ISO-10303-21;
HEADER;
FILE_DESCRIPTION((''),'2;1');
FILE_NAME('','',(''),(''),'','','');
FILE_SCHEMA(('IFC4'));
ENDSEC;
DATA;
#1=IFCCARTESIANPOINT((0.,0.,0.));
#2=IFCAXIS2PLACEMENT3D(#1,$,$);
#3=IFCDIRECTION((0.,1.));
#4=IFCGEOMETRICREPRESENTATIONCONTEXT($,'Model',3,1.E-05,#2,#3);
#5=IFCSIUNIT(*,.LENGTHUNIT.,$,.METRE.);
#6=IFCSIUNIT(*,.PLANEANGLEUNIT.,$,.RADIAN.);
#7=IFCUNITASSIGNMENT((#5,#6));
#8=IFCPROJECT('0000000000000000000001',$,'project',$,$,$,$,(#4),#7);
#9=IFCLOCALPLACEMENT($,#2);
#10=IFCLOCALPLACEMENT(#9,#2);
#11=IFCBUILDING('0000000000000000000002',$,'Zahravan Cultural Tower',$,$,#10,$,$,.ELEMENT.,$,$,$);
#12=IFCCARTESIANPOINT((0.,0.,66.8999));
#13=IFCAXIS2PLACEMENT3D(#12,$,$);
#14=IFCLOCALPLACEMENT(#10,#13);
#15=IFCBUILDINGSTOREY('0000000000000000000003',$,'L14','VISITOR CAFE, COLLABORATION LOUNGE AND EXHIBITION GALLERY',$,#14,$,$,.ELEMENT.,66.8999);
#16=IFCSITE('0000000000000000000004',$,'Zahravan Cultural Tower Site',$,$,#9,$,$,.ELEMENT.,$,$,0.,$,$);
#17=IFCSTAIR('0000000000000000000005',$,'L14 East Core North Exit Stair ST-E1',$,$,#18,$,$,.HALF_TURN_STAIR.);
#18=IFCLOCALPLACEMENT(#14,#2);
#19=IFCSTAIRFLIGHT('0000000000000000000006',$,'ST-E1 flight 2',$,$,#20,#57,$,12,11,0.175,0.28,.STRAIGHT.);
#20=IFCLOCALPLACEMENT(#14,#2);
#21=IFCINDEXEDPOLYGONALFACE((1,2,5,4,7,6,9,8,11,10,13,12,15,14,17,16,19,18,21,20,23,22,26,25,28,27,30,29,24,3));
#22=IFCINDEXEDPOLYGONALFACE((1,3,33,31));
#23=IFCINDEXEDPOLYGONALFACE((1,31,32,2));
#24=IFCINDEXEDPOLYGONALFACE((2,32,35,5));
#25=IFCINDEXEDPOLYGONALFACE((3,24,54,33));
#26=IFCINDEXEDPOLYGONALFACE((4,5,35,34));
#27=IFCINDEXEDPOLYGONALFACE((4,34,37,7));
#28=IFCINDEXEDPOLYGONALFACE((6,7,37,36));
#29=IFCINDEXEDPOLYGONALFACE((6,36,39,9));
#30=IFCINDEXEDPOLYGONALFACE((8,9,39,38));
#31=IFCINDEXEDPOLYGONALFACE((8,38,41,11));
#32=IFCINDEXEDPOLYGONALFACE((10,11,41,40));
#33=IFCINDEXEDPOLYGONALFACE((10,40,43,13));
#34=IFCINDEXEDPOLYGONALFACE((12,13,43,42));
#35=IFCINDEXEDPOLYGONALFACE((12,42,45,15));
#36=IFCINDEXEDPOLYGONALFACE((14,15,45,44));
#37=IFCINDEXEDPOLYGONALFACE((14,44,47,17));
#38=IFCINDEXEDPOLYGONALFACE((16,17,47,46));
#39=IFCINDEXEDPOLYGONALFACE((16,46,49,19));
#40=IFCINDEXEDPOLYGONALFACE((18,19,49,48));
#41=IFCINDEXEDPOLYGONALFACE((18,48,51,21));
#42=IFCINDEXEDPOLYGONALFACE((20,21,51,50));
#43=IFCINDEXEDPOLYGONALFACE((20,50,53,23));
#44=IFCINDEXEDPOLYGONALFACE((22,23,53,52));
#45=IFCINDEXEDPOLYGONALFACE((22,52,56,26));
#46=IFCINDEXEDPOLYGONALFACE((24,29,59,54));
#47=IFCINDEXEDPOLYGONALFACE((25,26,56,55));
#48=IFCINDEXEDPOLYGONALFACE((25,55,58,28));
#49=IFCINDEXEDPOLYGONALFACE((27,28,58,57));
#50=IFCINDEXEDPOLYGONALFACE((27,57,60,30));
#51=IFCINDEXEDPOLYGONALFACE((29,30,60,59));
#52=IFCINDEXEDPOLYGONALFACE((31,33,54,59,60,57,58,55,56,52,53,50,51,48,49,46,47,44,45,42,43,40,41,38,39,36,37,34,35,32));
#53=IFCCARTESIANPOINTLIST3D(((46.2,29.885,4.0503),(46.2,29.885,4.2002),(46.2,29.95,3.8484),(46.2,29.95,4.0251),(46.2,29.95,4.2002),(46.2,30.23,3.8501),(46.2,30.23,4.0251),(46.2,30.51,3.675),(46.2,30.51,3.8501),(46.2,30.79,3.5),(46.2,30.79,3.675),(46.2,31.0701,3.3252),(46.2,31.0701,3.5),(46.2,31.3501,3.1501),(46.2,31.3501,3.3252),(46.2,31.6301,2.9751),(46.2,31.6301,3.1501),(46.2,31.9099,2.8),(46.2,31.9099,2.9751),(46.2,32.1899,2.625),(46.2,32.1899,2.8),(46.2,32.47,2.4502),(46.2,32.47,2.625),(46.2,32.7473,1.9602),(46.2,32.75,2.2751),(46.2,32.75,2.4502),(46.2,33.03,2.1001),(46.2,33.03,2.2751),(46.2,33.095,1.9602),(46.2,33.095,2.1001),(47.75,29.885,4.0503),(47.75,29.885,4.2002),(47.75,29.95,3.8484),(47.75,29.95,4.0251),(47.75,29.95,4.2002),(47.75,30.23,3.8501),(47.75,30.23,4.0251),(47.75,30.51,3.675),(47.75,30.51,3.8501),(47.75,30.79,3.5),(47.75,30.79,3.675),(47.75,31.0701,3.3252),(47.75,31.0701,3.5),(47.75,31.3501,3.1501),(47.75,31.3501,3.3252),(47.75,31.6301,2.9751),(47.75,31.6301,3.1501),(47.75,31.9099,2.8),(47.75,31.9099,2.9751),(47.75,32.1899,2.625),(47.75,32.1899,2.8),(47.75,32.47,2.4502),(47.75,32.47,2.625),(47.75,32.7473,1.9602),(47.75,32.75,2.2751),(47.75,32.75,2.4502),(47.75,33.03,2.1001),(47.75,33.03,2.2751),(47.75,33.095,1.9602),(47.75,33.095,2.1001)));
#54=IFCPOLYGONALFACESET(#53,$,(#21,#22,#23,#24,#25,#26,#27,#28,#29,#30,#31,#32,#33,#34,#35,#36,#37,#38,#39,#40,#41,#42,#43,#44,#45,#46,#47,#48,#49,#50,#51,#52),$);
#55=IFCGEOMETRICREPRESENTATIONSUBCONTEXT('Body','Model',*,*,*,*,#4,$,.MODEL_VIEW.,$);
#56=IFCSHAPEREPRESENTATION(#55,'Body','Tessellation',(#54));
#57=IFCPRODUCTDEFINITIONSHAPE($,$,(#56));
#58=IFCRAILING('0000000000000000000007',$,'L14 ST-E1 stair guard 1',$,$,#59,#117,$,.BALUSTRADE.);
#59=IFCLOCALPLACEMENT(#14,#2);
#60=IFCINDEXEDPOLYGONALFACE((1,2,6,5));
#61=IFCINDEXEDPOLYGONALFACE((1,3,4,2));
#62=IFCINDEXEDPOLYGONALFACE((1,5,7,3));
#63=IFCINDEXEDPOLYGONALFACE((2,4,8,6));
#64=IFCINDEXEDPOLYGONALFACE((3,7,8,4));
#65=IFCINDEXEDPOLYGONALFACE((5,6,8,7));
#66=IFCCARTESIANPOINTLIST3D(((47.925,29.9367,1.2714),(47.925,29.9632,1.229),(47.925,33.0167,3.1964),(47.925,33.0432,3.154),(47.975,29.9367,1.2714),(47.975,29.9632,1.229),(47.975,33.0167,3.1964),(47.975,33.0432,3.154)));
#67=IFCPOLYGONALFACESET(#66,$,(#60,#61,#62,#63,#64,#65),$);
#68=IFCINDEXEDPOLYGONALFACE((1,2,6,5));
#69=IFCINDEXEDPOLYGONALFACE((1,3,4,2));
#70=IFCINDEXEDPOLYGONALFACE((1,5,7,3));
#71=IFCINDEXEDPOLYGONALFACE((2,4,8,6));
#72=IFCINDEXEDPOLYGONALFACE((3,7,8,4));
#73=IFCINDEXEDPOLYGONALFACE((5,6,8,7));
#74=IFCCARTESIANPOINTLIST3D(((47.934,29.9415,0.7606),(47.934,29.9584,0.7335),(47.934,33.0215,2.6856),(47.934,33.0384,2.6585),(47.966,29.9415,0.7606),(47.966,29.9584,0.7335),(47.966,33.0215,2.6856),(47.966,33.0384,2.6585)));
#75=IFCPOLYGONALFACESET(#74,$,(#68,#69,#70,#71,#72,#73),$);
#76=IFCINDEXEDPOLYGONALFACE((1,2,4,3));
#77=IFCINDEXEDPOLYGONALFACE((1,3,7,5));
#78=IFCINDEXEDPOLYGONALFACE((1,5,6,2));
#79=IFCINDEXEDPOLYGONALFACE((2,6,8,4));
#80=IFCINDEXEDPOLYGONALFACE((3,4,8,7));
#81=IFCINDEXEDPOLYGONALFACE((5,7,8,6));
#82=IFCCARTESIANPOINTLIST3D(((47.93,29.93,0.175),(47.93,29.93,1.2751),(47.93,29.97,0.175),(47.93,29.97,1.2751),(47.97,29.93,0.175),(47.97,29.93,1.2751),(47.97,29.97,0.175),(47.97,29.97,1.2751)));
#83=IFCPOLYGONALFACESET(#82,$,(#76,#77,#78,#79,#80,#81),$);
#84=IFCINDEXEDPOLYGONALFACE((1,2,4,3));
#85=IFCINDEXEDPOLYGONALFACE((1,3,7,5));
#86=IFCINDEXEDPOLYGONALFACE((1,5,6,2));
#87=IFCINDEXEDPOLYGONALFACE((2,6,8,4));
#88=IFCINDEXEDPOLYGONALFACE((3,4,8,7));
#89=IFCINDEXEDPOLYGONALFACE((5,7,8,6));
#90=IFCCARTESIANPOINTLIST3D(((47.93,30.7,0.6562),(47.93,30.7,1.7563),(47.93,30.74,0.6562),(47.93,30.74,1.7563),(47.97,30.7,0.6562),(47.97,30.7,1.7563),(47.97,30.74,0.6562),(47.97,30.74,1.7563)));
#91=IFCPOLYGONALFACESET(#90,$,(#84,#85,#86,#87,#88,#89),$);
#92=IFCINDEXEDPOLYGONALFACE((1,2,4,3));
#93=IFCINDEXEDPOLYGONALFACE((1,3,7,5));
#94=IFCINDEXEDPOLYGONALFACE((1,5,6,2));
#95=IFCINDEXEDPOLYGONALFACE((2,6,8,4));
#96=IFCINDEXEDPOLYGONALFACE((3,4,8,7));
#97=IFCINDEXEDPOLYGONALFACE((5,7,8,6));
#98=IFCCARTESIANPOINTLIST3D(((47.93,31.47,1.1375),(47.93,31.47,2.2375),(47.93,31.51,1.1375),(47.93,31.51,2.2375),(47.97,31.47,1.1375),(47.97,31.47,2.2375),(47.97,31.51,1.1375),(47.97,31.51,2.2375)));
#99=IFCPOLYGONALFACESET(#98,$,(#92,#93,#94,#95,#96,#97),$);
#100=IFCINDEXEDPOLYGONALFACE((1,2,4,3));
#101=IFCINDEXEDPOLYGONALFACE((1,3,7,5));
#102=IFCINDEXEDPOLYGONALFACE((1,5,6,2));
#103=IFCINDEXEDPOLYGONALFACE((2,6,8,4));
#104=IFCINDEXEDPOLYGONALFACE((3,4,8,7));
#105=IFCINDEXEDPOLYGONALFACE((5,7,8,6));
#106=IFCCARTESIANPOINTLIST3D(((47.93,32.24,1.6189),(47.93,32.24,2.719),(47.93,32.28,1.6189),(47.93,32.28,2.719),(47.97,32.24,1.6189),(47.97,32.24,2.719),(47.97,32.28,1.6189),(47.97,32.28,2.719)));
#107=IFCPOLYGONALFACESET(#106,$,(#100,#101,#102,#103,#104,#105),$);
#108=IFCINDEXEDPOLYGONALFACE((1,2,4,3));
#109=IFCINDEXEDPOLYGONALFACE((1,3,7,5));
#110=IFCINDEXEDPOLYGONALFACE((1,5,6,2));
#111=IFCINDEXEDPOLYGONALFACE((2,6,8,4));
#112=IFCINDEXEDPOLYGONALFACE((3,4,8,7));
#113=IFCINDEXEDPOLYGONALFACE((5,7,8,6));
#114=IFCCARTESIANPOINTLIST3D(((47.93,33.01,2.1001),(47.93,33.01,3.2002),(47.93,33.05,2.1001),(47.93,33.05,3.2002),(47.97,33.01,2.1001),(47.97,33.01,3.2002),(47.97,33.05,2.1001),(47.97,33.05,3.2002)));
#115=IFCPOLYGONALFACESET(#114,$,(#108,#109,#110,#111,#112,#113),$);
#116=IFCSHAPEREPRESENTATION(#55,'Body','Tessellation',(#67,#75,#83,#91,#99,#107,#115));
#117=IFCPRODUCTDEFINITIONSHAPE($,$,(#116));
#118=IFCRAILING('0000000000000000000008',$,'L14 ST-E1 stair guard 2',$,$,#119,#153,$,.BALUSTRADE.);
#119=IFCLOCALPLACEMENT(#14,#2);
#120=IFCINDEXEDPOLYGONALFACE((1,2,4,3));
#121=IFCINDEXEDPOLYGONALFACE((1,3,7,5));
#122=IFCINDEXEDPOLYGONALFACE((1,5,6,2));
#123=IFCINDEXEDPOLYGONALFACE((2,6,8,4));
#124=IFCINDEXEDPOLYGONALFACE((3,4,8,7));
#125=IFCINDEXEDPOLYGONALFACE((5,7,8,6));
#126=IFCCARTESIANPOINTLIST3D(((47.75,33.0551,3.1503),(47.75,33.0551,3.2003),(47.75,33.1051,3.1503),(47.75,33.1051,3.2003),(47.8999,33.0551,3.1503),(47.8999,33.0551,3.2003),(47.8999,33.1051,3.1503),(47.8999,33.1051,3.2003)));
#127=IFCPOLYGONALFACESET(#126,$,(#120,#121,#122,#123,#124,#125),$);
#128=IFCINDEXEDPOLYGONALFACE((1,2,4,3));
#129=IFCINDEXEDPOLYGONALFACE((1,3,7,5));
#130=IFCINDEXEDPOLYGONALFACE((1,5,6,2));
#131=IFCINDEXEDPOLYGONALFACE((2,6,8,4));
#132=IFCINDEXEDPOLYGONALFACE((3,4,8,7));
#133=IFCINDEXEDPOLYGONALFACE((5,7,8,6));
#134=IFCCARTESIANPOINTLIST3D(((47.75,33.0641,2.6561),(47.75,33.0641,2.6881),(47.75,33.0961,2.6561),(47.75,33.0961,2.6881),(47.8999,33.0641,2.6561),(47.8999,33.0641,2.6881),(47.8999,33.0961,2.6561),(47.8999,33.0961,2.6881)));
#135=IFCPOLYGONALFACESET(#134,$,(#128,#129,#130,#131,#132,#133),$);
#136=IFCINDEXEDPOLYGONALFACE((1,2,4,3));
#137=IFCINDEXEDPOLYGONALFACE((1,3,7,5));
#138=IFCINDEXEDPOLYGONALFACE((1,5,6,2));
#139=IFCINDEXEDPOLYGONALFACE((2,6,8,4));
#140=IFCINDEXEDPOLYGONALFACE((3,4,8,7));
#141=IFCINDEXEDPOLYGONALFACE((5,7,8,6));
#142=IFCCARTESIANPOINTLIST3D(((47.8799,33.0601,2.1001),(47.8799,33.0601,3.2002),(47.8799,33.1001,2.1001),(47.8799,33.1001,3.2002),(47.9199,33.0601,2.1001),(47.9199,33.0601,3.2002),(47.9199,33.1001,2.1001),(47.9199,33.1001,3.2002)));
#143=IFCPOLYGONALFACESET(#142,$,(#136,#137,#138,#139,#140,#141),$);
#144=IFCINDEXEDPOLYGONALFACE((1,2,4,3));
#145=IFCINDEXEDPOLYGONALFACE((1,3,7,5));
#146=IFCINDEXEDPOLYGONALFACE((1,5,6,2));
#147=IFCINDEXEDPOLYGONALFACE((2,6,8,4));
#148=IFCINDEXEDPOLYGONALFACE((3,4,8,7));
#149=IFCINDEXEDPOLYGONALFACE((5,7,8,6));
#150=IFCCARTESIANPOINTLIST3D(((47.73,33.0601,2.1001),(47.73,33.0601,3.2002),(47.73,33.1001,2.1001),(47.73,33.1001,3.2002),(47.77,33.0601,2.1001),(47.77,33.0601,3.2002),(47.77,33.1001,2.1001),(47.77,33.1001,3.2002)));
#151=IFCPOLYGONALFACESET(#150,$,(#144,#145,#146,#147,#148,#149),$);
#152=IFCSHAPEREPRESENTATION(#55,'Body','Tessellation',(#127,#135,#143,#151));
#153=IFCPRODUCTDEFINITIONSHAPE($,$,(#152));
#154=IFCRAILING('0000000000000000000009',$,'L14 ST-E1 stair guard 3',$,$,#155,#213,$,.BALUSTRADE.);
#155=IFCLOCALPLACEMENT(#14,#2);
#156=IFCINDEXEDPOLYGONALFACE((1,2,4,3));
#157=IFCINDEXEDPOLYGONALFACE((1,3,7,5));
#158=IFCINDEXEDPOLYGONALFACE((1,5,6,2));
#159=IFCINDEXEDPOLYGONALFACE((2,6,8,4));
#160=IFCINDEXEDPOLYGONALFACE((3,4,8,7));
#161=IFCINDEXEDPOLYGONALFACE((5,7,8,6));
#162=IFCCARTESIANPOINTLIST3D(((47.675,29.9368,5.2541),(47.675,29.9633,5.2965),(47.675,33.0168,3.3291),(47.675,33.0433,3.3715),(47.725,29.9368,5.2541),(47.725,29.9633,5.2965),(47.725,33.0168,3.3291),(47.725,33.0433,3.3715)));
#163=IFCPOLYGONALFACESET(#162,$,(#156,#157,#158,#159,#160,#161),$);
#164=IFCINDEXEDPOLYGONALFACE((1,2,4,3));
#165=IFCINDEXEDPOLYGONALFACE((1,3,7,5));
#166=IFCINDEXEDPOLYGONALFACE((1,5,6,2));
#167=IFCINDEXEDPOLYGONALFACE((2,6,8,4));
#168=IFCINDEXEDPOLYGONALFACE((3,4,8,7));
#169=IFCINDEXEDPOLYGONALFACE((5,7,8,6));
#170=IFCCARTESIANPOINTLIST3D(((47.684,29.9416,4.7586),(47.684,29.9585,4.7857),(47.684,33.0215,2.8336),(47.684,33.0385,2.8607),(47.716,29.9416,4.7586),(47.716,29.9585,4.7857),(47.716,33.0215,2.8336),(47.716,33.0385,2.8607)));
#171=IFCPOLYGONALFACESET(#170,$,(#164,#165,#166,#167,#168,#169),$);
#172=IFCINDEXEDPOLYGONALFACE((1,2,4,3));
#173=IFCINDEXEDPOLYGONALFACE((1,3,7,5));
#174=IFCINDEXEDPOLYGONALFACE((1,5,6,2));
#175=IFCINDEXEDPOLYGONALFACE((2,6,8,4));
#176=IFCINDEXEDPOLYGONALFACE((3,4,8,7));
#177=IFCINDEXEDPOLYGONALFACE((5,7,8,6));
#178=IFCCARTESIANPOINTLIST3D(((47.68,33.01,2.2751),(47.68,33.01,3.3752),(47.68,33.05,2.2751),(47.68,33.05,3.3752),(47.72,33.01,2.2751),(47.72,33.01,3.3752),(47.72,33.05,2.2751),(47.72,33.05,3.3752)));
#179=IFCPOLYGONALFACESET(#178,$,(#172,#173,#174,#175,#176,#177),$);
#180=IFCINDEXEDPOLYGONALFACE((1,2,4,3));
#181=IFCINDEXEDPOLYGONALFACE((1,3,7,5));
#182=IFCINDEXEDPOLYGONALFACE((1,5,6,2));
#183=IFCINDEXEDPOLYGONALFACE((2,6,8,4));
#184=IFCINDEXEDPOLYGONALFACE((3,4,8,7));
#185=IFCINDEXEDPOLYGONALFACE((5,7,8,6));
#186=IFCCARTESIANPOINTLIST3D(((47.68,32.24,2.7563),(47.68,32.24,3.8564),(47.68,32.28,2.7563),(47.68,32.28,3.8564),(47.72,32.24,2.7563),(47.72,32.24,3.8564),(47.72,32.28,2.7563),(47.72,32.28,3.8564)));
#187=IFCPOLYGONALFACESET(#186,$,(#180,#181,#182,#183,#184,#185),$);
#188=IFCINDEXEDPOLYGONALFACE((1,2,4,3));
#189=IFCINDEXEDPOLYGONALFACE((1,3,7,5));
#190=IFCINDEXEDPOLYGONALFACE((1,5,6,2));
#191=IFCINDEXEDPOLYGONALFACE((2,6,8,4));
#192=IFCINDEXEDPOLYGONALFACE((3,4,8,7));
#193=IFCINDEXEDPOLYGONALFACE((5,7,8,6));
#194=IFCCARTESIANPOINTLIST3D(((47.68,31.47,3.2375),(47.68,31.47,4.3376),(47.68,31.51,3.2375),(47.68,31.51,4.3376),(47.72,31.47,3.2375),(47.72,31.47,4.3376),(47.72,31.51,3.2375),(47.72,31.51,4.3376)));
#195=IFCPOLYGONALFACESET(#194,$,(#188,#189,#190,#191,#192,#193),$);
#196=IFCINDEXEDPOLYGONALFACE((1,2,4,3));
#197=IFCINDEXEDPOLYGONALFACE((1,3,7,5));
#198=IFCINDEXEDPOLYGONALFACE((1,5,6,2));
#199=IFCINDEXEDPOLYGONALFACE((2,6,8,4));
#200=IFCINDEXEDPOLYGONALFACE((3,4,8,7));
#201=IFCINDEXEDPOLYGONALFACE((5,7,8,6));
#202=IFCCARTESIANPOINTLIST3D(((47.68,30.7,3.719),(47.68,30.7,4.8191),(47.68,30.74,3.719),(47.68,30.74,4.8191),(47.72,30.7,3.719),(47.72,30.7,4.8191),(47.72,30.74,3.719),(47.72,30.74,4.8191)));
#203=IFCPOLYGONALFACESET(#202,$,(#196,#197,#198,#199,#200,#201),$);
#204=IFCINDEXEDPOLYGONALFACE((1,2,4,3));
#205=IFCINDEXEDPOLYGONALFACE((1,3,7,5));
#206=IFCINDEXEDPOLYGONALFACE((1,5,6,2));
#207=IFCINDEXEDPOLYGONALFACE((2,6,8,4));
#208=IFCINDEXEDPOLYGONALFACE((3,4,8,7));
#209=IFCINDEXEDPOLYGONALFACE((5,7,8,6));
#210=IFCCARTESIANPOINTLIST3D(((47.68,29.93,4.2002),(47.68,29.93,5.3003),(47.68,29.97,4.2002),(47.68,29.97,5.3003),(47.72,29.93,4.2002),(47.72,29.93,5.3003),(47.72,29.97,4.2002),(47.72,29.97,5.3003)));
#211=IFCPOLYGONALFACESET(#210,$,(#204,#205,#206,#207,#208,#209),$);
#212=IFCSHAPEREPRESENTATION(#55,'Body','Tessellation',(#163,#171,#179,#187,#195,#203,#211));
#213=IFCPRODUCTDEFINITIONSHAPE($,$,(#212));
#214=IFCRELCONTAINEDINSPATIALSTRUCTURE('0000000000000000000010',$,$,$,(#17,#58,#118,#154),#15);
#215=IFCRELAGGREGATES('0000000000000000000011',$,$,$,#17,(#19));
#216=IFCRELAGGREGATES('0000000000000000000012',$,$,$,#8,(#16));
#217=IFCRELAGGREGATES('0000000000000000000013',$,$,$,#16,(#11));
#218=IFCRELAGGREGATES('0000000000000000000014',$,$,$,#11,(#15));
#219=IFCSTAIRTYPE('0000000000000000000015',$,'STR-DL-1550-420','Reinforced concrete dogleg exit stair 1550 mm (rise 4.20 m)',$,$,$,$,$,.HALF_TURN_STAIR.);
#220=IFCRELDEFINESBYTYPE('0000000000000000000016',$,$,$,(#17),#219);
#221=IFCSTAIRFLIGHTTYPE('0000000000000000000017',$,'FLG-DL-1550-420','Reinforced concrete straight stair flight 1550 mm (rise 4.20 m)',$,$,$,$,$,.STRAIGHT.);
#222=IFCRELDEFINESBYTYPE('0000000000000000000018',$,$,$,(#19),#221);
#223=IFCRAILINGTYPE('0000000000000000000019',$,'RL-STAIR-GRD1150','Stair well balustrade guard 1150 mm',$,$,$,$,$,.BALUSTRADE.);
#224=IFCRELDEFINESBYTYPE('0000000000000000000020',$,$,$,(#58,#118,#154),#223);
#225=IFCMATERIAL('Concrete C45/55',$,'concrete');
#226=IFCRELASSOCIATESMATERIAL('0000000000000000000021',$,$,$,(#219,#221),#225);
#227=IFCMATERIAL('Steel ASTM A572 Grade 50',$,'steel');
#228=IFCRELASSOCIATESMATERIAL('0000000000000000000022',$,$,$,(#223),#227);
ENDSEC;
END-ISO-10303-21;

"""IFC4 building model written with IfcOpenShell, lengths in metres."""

from ifc_helpers import new_model, si_unit, direction, frame, origin, origin_2d, place, context, subcontext, project, spatial, polyline, rectangle, outline, extrude, material, type_object, element, aggregate, save


model = new_model("IFC4")

# Units and contexts
model_context = context("Model", 3, precision=1e-05, world=origin(), true_north=direction((0.0, 1.0)))
body_context = subcontext(model_context, "Body", "Model", "MODEL_VIEW")
ifc_project = project(units=[si_unit("LENGTHUNIT", "METRE"), si_unit("PLANEANGLEUNIT", "RADIAN")], contexts=[model_context])

# Site, building, storey
site_placement = place(None, origin())
site = spatial("IfcSite", under=ifc_project, at=site_placement, Name="Zahravan Cultural Tower Site", CompositionType="ELEMENT", RefElevation=0.0)
building_placement = place(site_placement, origin())
building = spatial("IfcBuilding", under=site, at=building_placement, Name="Zahravan Cultural Tower", CompositionType="ELEMENT")
storey_placement = place(building_placement, frame((0.0, 0.0, 66.8999)))
storey = spatial("IfcBuildingStorey", under=building, at=storey_placement, Name="L14", Description="VISITOR CAFE, COLLABORATION LOUNGE AND EXHIBITION GALLERY", CompositionType="ELEMENT", Elevation=66.8999)

# Shared definitions
ifc_material_1 = material(Name="Steel ASTM A572 Grade 50", Category="steel")
ifc_material_2 = material(Name="Concrete C45/55", Category="concrete")

# Stair, stair flight
stair_type = type_object("IfcStairType", Name="STR-DL-1550-420", Description="Reinforced concrete dogleg exit stair 1550 mm (rise 4.20 m)", PredefinedType="HALF_TURN_STAIR", material=ifc_material_2)
stair_placement = place(storey_placement, origin())
stair = element("IfcStair", 1, at=stair_placement, inside=storey, type_object=stair_type, Name="L14 East Core North Exit Stair ST-E1", PredefinedType="HALF_TURN_STAIR")
stair_flight_type = type_object("IfcStairFlightType", Name="FLG-DL-1550-420", Description="Reinforced concrete straight stair flight 1550 mm (rise 4.20 m)", PredefinedType="STRAIGHT", material=ifc_material_2)
stair_flight_1_placement = place(storey_placement, frame((46.9751, 33.03, 2.1001), z_axis=(0.0, 0.0, 1.0), x_axis=(0.0, -1.0, 0.0)))
stair_flight_1 = element("IfcStairFlight", 2, at=stair_flight_1_placement, type_object=stair_flight_type, Name="ST-E1 flight 2", NumberOfRisers=12, NumberOfTreads=11, PredefinedType="STRAIGHT", RiserHeight=0.175, TreadLength=0.28, context=body_context, shape_type="SweptSolid", body=[
    extrude(outline(polyline([(-0.0649, -0.1399), (-0.0649, 0.0), (0.0, 0.0), (0.0, 0.175), (0.28, 0.175), (0.28, 0.3501), (0.5601, 0.3501), (0.5601, 0.5249), (0.8401, 0.5249), (0.8401, 0.7), (1.1201, 0.7), (1.1201, 0.875), (1.3999, 0.875), (1.3999, 1.05), (1.6799, 1.05), (1.6799, 1.2251), (1.96, 1.2251), (1.96, 1.3999), (2.24, 1.3999), (2.24, 1.575), (2.52, 1.575), (2.52, 1.75), (2.8, 1.75), (2.8, 1.925), (3.0801, 1.925), (3.0801, 2.1001), (3.145, 2.1001), (3.145, 1.9502), (3.0801, 1.7483), (0.2827, -0.1399), (-0.0649, -0.1399)])), frame((0.0, 0.7749, 0.0), z_axis=(0.0, -1.0, 0.0), x_axis=(1.0, 0.0, 0.0)), (0.0, 0.0, 1.0), 1.55),
])
aggregate(stair, [stair_flight_1])

# Railings
railing_type_1 = type_object("IfcRailingType", Name="RL-STAIR-GRD1150", Description="Stair well balustrade guard 1150 mm", PredefinedType="BALUSTRADE", material=ifc_material_1)
railing_1_placement = place(storey_placement, frame((47.95, 29.95, 0.175)))
element("IfcRailing", 3, at=railing_1_placement, inside=storey, type_object=railing_type_1, Name="L14 ST-E1 stair guard 1", PredefinedType="BALUSTRADE", context=body_context, shape_type="SweptSolid", body=[
    extrude(rectangle(XDim=0.05, YDim=0.05, at=origin_2d()), frame((0.0, 0.0, 1.0752), z_axis=(0.0, 0.847998, 0.529999), x_axis=(-1.0, 0.0, 0.0)), (0.0, 0.0, 1.0), 3.6321),
    extrude(rectangle(XDim=0.032, YDim=0.032, at=origin_2d()), frame((0.0, 0.0, 0.572), z_axis=(0.0, 0.847998, 0.529999), x_axis=(-1.0, 0.0, 0.0)), (0.0, 0.0, 1.0), 3.6321),
    extrude(rectangle(XDim=0.04, YDim=0.04, at=origin_2d()), origin(), (0.0, 0.0, 1.0), 1.1001),
    extrude(rectangle(XDim=0.04, YDim=0.04, at=origin_2d()), frame((0.0, 0.77, 0.4812)), (0.0, 0.0, 1.0), 1.1001),
    extrude(rectangle(XDim=0.04, YDim=0.04, at=origin_2d()), frame((0.0, 1.54, 0.9624)), (0.0, 0.0, 1.0), 1.1001),
    extrude(rectangle(XDim=0.04, YDim=0.04, at=origin_2d()), frame((0.0, 2.3101, 1.4438)), (0.0, 0.0, 1.0), 1.1001),
    extrude(rectangle(XDim=0.04, YDim=0.04, at=origin_2d()), frame((0.0, 3.0801, 1.925)), (0.0, 0.0, 1.0), 1.1001),
])
railing_2_placement = place(storey_placement, frame((47.8999, 33.0801, 2.1001)))
element("IfcRailing", 4, at=railing_2_placement, inside=storey, type_object=railing_type_1, Name="L14 ST-E1 stair guard 2", PredefinedType="BALUSTRADE", context=body_context, shape_type="SweptSolid", body=[
    extrude(rectangle(XDim=0.05, YDim=0.05, at=origin_2d()), frame((0.0, 0.0, 1.0752), z_axis=(-1.0, 0.0, 0.0), x_axis=(0.0, -1.0, 0.0)), (0.0, 0.0, 1.0), 0.1499),
    extrude(rectangle(XDim=0.032, YDim=0.032, at=origin_2d()), frame((0.0, 0.0, 0.572), z_axis=(-1.0, 0.0, 0.0), x_axis=(0.0, -1.0, 0.0)), (0.0, 0.0, 1.0), 0.1499),
    extrude(rectangle(XDim=0.04, YDim=0.04, at=origin_2d()), origin(), (0.0, 0.0, 1.0), 1.1001),
    extrude(rectangle(XDim=0.04, YDim=0.04, at=origin_2d()), frame((-0.1499, 0.0, 0.0)), (0.0, 0.0, 1.0), 1.1001),
])
railing_3_placement = place(storey_placement, frame((47.7, 33.03, 2.2751)))
element("IfcRailing", 5, at=railing_3_placement, inside=storey, type_object=railing_type_1, Name="L14 ST-E1 stair guard 3", PredefinedType="BALUSTRADE", context=body_context, shape_type="SweptSolid", body=[
    extrude(rectangle(XDim=0.05, YDim=0.05, at=origin_2d()), frame((0.0, 0.0, 1.0752), z_axis=(0.0, -0.847998, 0.529999), x_axis=(1.0, 0.0, 0.0)), (0.0, 0.0, 1.0), 3.6321),
    extrude(rectangle(XDim=0.032, YDim=0.032, at=origin_2d()), frame((0.0, 0.0, 0.572), z_axis=(0.0, -0.847998, 0.529999), x_axis=(1.0, 0.0, 0.0)), (0.0, 0.0, 1.0), 3.6321),
    extrude(rectangle(XDim=0.04, YDim=0.04, at=origin_2d()), origin(), (0.0, 0.0, 1.0), 1.1001),
    extrude(rectangle(XDim=0.04, YDim=0.04, at=origin_2d()), frame((0.0, -0.77, 0.4812)), (0.0, 0.0, 1.0), 1.1001),
    extrude(rectangle(XDim=0.04, YDim=0.04, at=origin_2d()), frame((0.0, -1.54, 0.9624)), (0.0, 0.0, 1.0), 1.1001),
    extrude(rectangle(XDim=0.04, YDim=0.04, at=origin_2d()), frame((0.0, -2.3101, 1.4438)), (0.0, 0.0, 1.0), 1.1001),
    extrude(rectangle(XDim=0.04, YDim=0.04, at=origin_2d()), frame((0.0, -3.0801, 1.925)), (0.0, 0.0, 1.0), 1.1001),
])

save(model, "model.ifc")
